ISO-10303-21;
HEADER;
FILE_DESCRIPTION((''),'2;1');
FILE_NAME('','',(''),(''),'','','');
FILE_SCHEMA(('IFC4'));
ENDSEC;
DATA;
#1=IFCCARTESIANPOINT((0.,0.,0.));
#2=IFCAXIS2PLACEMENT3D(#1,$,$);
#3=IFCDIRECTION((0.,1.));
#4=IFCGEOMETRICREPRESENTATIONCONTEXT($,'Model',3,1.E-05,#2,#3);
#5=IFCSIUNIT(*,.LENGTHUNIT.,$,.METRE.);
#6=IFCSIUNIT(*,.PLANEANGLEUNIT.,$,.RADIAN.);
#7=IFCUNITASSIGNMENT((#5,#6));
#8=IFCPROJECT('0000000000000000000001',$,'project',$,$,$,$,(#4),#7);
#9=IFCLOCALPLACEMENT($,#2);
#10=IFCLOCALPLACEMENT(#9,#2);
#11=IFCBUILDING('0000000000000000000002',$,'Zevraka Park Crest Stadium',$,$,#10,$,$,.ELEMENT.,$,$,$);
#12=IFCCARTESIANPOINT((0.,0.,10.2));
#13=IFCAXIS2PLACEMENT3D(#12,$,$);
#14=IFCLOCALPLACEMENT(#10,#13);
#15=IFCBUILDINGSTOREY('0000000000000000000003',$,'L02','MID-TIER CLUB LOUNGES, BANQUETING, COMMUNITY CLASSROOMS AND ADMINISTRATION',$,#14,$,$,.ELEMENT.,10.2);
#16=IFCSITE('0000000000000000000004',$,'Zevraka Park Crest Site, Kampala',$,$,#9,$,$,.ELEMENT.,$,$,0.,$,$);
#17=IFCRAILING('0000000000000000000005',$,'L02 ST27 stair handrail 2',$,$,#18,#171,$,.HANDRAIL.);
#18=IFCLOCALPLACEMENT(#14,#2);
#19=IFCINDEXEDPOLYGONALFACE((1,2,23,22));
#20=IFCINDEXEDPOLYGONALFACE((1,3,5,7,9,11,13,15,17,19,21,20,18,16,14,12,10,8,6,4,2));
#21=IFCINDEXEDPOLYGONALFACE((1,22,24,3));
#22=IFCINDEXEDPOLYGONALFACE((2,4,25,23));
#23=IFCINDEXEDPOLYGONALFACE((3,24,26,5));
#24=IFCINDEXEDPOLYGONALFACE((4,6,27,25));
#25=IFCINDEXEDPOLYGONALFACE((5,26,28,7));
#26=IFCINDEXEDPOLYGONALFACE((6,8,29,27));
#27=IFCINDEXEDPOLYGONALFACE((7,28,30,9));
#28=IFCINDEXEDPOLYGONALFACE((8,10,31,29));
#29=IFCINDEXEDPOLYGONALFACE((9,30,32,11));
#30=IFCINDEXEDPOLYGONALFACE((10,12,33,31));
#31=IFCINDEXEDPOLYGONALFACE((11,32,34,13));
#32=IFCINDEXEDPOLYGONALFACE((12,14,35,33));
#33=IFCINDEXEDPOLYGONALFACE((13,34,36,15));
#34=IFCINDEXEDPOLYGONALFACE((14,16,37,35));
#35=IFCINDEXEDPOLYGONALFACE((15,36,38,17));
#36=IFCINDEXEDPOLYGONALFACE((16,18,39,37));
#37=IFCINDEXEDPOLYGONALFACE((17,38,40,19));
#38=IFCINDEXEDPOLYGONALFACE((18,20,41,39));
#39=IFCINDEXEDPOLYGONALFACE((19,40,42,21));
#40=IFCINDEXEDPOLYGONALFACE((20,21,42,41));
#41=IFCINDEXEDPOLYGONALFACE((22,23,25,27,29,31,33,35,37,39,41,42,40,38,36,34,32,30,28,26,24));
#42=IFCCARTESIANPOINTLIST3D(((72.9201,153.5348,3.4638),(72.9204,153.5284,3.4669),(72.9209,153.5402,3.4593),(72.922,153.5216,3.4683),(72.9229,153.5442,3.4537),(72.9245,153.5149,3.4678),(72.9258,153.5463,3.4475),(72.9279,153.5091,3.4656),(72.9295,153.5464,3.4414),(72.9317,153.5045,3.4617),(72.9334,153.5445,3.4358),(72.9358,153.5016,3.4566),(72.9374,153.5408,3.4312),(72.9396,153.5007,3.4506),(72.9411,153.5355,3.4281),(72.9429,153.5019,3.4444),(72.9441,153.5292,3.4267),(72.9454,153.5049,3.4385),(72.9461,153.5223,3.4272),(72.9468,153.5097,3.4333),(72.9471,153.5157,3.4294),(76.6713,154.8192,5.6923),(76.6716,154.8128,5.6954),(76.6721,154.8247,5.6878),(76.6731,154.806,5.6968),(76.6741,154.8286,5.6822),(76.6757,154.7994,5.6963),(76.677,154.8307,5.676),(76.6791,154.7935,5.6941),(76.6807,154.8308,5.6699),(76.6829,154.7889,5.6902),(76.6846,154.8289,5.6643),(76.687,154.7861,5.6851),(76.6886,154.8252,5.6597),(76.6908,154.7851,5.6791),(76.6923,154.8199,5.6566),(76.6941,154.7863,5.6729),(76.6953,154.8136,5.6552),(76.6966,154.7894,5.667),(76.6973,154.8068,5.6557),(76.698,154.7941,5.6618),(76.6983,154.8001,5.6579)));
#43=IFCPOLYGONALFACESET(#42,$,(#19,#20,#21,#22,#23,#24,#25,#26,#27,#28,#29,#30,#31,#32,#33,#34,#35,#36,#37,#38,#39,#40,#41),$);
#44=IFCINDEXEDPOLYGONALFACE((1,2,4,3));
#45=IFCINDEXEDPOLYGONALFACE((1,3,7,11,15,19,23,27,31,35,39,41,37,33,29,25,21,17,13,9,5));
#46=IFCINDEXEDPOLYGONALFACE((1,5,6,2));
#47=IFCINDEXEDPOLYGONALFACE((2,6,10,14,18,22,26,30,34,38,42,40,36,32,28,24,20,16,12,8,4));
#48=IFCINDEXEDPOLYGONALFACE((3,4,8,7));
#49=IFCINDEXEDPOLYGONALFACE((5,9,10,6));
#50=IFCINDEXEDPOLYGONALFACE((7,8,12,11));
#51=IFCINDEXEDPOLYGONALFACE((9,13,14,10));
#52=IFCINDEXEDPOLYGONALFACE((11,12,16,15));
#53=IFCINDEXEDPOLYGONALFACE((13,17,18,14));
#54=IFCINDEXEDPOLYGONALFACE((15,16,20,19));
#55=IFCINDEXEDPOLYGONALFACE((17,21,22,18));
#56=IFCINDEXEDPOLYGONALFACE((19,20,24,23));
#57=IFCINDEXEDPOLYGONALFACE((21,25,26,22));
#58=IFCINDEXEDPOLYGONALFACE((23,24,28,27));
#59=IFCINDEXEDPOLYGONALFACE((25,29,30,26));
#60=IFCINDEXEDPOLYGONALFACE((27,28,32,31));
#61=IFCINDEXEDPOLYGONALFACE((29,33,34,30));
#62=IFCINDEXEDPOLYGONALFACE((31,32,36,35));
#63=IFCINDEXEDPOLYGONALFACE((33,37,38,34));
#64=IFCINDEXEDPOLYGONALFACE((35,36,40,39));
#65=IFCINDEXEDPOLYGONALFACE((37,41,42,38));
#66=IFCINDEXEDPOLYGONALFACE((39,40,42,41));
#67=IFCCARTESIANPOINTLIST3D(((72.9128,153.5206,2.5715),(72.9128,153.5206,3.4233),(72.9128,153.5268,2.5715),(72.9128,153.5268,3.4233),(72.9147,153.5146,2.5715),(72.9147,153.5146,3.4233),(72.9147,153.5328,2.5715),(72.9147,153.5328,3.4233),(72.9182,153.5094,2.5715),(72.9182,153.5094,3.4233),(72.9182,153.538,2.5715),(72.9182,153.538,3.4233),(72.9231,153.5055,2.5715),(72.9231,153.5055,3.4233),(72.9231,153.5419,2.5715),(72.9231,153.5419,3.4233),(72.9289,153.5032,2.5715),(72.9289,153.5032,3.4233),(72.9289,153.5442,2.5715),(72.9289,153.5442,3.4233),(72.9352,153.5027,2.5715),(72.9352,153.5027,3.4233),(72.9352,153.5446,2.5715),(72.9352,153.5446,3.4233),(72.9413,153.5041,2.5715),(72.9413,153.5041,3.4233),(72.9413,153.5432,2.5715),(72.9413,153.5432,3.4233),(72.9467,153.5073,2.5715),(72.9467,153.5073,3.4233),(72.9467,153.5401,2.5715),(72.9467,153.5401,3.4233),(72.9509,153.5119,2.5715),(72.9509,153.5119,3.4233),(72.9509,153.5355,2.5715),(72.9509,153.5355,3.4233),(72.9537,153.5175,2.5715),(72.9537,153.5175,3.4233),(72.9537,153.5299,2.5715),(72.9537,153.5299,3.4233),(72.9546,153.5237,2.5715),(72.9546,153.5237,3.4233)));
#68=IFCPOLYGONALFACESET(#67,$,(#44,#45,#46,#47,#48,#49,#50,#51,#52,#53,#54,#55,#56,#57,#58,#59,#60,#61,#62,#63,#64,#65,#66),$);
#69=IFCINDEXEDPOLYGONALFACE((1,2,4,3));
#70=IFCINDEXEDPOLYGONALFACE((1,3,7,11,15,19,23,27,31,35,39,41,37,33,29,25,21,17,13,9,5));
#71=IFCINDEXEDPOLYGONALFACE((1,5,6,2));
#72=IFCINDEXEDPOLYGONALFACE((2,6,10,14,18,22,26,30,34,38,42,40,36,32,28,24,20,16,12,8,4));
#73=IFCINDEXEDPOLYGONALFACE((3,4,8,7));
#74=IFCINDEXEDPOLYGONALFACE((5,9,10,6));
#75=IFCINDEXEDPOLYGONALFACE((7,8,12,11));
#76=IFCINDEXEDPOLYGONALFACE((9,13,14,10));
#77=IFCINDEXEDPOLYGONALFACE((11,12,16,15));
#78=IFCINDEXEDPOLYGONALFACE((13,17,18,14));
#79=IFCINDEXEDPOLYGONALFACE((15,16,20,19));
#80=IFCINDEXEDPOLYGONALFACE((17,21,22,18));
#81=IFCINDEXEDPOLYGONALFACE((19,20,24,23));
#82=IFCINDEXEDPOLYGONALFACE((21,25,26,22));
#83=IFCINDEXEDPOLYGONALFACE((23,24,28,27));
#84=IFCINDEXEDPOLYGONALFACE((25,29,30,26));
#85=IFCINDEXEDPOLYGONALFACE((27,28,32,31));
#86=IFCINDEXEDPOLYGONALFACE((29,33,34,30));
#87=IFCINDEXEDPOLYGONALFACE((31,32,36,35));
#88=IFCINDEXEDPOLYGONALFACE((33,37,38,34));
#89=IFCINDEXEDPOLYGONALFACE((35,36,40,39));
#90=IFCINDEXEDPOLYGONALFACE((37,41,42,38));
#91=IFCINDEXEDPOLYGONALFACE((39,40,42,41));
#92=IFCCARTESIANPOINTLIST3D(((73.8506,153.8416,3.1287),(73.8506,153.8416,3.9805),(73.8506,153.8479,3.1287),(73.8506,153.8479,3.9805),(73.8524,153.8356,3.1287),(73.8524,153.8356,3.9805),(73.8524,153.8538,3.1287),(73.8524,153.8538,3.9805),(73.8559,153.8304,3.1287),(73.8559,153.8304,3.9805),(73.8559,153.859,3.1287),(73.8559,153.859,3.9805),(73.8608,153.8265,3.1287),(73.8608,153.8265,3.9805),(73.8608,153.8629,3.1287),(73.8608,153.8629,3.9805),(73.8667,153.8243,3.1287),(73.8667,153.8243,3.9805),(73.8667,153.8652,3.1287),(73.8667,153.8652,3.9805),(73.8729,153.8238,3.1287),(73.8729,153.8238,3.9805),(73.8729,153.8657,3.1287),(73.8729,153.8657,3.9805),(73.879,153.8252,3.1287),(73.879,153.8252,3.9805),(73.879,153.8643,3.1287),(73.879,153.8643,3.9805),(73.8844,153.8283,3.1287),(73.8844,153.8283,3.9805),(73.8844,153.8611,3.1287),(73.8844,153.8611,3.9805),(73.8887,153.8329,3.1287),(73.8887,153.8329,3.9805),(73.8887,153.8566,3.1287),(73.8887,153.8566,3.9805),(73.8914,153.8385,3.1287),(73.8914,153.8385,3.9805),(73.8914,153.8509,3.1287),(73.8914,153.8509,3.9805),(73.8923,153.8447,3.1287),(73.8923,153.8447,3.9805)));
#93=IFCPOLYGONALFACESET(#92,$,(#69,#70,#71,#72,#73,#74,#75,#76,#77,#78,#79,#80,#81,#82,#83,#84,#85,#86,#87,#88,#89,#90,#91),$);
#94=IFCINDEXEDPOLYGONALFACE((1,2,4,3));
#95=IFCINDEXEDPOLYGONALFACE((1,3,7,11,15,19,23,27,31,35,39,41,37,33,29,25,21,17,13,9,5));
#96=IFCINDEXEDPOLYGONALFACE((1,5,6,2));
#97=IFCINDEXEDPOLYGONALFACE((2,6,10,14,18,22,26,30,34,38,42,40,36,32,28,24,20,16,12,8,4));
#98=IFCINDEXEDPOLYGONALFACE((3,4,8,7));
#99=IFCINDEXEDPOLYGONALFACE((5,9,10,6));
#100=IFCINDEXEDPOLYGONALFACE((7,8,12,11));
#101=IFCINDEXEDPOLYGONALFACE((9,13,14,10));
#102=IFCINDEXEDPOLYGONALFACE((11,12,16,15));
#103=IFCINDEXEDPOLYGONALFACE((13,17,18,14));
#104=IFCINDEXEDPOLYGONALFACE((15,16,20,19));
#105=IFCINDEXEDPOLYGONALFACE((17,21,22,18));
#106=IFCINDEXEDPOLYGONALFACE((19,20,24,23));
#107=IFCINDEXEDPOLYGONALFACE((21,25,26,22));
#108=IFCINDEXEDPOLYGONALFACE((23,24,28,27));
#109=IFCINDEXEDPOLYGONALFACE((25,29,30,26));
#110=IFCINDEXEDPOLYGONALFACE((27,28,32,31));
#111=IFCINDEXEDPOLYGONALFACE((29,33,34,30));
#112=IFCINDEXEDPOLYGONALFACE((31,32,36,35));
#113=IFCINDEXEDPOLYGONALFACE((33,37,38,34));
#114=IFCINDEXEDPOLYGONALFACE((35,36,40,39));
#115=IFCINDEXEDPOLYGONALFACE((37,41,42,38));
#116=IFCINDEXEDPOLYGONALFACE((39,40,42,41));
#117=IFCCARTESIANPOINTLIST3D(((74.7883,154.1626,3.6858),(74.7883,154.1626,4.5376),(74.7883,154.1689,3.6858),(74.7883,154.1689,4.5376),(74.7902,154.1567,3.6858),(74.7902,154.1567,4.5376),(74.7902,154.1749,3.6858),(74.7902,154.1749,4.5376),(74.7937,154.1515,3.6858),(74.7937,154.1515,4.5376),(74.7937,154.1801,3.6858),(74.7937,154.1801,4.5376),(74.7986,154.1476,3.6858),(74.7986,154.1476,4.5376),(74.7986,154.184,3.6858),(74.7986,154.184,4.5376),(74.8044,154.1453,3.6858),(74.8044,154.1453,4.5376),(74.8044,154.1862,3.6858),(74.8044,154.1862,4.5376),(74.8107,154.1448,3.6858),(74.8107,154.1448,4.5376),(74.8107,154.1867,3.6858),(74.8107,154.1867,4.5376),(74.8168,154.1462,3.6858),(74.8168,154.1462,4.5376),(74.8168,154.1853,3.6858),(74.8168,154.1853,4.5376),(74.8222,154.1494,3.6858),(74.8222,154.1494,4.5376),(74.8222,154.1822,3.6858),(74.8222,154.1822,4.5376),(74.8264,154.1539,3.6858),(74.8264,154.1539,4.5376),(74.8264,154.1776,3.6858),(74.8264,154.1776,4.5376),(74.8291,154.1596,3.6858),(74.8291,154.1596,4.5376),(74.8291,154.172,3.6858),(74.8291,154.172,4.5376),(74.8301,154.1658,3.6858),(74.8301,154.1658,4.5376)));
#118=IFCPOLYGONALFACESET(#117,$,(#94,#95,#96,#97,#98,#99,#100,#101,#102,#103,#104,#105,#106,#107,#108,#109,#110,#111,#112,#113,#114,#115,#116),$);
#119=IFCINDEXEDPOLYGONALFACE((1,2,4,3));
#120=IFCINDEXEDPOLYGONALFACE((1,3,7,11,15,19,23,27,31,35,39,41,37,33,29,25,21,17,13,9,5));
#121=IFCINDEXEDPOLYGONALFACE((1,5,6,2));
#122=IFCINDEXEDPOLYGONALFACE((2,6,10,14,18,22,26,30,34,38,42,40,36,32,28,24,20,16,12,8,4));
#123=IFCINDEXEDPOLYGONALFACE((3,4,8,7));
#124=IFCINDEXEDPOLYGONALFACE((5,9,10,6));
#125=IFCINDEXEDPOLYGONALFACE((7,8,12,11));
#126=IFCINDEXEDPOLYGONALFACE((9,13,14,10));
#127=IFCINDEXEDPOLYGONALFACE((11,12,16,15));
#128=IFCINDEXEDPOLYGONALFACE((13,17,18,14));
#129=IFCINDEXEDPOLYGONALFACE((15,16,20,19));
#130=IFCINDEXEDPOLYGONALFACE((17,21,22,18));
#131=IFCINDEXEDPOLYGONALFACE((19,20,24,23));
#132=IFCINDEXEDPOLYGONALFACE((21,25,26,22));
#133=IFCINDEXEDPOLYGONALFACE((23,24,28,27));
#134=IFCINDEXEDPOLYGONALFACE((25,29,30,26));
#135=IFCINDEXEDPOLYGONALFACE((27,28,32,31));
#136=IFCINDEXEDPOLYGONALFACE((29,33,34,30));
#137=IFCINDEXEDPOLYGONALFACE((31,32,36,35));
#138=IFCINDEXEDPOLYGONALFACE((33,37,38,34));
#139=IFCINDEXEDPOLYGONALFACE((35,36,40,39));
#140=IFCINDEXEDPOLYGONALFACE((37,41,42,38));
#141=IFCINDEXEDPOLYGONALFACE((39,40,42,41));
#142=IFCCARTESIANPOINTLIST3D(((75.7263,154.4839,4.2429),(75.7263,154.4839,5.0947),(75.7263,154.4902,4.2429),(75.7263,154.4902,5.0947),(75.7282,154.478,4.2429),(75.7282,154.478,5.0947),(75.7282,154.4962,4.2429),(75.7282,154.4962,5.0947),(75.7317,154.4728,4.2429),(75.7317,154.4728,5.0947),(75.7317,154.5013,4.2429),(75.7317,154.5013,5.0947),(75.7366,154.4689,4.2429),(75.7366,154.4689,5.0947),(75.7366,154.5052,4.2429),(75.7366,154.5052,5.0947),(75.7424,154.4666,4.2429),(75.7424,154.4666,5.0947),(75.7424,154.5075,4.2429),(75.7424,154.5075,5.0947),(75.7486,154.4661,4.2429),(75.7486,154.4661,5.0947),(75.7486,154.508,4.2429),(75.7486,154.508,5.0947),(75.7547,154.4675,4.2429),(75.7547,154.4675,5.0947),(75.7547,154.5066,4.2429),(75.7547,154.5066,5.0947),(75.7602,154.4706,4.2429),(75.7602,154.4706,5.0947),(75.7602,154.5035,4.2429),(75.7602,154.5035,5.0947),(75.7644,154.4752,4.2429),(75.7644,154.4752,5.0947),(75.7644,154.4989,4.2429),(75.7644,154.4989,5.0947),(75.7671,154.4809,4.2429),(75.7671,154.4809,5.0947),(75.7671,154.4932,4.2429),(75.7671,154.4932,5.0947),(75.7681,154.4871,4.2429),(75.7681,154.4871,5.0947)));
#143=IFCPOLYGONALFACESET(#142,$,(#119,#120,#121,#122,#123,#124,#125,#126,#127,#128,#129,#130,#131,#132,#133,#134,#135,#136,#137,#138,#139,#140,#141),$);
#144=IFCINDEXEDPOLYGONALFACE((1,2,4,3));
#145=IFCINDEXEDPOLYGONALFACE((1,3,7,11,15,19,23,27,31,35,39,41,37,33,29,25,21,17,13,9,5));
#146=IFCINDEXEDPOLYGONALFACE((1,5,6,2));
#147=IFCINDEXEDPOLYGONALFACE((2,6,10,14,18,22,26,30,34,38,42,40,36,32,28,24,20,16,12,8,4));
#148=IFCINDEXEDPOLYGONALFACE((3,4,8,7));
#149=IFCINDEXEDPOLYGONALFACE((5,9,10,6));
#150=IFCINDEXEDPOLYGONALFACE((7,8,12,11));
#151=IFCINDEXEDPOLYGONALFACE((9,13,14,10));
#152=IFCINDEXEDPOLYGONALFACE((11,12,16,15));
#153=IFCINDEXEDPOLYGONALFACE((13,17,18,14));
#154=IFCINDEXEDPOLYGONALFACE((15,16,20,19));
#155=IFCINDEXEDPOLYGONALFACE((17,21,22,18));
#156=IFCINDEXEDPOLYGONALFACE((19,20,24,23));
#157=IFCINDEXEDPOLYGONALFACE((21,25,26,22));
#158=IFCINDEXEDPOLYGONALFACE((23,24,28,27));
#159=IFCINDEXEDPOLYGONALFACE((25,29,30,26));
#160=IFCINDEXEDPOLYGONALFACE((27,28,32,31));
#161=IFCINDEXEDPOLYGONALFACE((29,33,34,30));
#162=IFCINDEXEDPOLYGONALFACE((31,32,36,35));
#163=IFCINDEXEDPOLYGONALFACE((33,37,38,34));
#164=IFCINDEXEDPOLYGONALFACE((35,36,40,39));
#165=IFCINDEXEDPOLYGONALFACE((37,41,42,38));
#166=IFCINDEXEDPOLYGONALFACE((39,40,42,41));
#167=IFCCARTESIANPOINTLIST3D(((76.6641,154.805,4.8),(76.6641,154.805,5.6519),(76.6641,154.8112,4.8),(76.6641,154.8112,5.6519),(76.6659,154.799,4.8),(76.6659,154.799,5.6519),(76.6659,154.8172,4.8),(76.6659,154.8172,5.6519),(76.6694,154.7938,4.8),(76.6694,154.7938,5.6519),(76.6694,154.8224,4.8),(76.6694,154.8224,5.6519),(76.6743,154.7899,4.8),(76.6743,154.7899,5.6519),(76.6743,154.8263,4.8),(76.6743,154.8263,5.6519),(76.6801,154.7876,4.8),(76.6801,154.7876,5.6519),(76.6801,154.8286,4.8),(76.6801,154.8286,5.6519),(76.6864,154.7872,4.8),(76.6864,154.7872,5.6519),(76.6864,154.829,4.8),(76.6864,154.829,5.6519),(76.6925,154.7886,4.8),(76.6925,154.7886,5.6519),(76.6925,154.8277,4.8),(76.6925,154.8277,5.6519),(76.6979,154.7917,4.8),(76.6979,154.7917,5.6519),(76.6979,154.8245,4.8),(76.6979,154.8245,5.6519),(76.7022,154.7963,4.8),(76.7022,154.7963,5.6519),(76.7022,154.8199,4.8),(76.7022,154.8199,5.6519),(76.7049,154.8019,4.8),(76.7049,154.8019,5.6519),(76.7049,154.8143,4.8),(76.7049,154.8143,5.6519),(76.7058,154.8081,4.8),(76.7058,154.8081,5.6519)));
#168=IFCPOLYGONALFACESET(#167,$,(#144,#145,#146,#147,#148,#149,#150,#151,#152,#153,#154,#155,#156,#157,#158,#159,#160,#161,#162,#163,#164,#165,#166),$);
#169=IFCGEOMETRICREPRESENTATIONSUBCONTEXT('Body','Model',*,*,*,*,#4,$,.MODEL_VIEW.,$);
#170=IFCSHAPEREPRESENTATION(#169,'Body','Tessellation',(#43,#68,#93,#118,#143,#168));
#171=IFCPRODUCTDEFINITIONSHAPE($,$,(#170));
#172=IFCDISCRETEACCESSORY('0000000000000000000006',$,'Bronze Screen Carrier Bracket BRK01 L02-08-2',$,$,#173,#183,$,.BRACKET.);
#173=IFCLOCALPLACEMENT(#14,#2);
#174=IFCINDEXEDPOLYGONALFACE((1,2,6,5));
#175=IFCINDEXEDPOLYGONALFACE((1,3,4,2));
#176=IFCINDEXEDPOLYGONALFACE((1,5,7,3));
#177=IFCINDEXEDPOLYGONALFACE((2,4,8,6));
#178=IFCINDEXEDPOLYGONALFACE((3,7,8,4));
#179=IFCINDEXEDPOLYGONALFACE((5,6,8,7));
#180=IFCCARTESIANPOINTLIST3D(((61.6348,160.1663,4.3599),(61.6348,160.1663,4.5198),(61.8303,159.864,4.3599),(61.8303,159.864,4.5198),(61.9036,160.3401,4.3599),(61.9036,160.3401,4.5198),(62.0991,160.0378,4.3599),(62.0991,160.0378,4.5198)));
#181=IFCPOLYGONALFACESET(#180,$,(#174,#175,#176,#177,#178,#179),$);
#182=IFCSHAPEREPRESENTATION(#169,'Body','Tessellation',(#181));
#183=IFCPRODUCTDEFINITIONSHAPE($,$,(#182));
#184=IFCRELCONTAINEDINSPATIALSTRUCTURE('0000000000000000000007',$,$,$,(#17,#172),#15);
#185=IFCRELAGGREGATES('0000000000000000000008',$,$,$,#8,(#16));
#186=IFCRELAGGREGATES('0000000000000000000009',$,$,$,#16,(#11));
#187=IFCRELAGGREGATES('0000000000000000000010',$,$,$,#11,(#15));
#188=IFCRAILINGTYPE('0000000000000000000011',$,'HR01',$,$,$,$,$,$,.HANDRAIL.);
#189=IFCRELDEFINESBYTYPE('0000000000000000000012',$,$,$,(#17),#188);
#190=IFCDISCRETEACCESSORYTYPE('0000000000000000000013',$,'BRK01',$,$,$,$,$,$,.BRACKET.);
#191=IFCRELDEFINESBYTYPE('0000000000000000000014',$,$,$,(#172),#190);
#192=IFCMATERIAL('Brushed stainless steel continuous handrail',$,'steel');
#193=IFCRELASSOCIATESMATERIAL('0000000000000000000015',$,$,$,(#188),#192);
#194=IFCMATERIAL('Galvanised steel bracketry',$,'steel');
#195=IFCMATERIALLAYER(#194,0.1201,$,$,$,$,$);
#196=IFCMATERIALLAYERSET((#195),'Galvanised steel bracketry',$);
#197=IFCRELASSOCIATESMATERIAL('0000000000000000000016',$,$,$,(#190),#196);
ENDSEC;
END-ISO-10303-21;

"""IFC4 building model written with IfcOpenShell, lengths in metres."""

from ifc_helpers import new_model, si_unit, direction, frame, origin, origin_2d, place, context, subcontext, project, spatial, rectangle, circle, extrude, material, layer, layer_set, type_object, element, save


model = new_model("IFC4")

# Units and contexts
model_context = context("Model", 3, precision=1e-05, world=origin(), true_north=direction((0.0, 1.0)))
body_context = subcontext(model_context, "Body", "Model", "MODEL_VIEW")
ifc_project = project(units=[si_unit("LENGTHUNIT", "METRE"), si_unit("PLANEANGLEUNIT", "RADIAN")], contexts=[model_context])

# Site, building, storey
site_placement = place(None, origin())
site = spatial("IfcSite", under=ifc_project, at=site_placement, Name="Zevraka Park Crest Site, Kampala", CompositionType="ELEMENT", RefElevation=0.0)
building_placement = place(site_placement, origin())
building = spatial("IfcBuilding", under=site, at=building_placement, Name="Zevraka Park Crest Stadium", CompositionType="ELEMENT")
storey_placement = place(building_placement, frame((0.0, 0.0, 10.2)))
storey = spatial("IfcBuildingStorey", under=building, at=storey_placement, Name="L02", Description="MID-TIER CLUB LOUNGES, BANQUETING, COMMUNITY CLASSROOMS AND ADMINISTRATION", CompositionType="ELEMENT", Elevation=10.2)

# Railing
ifc_material_1 = material(Name="Brushed stainless steel continuous handrail", Category="steel")
railing_type_1 = type_object("IfcRailingType", Name="HR01", PredefinedType="HANDRAIL", material=ifc_material_1)
railing_1_placement = place(storey_placement, frame((72.9336, 153.5237, 2.5715)))
element("IfcRailing", 1, at=railing_1_placement, inside=storey, type_object=railing_type_1, Name="L02 ST27 stair handrail 2", PredefinedType="HANDRAIL", context=body_context, shape_type="SweptSolid", body=[
    extrude(circle(Radius=0.0239, at=origin_2d()), frame((0.0, 0.0, 0.876), z_axis=(0.824739, 0.282392, 0.489959), x_axis=(-0.323939, 0.946078, 0.0)), (0.0, 0.0, 1.0), 4.5483),
    extrude(circle(Radius=0.021, at=origin_2d()), origin(), (0.0, 0.0, 1.0), 0.8518),
    extrude(circle(Radius=0.021, at=origin_2d()), frame((0.9377, 0.321, 0.5571)), (0.0, 0.0, 1.0), 0.8518),
    extrude(circle(Radius=0.021, at=origin_2d()), frame((1.8755, 0.6421, 1.1143)), (0.0, 0.0, 1.0), 0.8518),
    extrude(circle(Radius=0.021, at=origin_2d()), frame((2.8135, 0.9634, 1.6714)), (0.0, 0.0, 1.0), 0.8518),
    extrude(circle(Radius=0.021, at=origin_2d()), frame((3.7512, 1.2844, 2.2285)), (0.0, 0.0, 1.0), 0.8518),
])

# Discrete accessory
ifc_material_2 = material(Name="Galvanised steel bracketry", Category="steel")
ifc_layer_1 = layer(ifc_material_2, 0.1201)
ifc_layer_set_1 = layer_set([ifc_layer_1], Name="Galvanised steel bracketry")
discrete_accessory_type = type_object("IfcDiscreteAccessoryType", Name="BRK01", PredefinedType="BRACKET", material=ifc_layer_set_1)
discrete_accessory_placement = place(storey_placement, frame((61.8669, 160.1021, 4.3599), z_axis=(0.0, 0.0, 1.0), x_axis=(-0.839715, -0.543028, 0.0)))
element("IfcDiscreteAccessory", 2, at=discrete_accessory_placement, inside=storey, type_object=discrete_accessory_type, Name="Bronze Screen Carrier Bracket BRK01 L02-08-2", PredefinedType="BRACKET", context=body_context, shape_type="SweptSolid", body=[
    extrude(rectangle(XDim=0.3201, YDim=0.3601, at=origin_2d()), origin(), (0.0, 0.0, 1.0), 0.1599),
])

save(model, "model.ifc")
